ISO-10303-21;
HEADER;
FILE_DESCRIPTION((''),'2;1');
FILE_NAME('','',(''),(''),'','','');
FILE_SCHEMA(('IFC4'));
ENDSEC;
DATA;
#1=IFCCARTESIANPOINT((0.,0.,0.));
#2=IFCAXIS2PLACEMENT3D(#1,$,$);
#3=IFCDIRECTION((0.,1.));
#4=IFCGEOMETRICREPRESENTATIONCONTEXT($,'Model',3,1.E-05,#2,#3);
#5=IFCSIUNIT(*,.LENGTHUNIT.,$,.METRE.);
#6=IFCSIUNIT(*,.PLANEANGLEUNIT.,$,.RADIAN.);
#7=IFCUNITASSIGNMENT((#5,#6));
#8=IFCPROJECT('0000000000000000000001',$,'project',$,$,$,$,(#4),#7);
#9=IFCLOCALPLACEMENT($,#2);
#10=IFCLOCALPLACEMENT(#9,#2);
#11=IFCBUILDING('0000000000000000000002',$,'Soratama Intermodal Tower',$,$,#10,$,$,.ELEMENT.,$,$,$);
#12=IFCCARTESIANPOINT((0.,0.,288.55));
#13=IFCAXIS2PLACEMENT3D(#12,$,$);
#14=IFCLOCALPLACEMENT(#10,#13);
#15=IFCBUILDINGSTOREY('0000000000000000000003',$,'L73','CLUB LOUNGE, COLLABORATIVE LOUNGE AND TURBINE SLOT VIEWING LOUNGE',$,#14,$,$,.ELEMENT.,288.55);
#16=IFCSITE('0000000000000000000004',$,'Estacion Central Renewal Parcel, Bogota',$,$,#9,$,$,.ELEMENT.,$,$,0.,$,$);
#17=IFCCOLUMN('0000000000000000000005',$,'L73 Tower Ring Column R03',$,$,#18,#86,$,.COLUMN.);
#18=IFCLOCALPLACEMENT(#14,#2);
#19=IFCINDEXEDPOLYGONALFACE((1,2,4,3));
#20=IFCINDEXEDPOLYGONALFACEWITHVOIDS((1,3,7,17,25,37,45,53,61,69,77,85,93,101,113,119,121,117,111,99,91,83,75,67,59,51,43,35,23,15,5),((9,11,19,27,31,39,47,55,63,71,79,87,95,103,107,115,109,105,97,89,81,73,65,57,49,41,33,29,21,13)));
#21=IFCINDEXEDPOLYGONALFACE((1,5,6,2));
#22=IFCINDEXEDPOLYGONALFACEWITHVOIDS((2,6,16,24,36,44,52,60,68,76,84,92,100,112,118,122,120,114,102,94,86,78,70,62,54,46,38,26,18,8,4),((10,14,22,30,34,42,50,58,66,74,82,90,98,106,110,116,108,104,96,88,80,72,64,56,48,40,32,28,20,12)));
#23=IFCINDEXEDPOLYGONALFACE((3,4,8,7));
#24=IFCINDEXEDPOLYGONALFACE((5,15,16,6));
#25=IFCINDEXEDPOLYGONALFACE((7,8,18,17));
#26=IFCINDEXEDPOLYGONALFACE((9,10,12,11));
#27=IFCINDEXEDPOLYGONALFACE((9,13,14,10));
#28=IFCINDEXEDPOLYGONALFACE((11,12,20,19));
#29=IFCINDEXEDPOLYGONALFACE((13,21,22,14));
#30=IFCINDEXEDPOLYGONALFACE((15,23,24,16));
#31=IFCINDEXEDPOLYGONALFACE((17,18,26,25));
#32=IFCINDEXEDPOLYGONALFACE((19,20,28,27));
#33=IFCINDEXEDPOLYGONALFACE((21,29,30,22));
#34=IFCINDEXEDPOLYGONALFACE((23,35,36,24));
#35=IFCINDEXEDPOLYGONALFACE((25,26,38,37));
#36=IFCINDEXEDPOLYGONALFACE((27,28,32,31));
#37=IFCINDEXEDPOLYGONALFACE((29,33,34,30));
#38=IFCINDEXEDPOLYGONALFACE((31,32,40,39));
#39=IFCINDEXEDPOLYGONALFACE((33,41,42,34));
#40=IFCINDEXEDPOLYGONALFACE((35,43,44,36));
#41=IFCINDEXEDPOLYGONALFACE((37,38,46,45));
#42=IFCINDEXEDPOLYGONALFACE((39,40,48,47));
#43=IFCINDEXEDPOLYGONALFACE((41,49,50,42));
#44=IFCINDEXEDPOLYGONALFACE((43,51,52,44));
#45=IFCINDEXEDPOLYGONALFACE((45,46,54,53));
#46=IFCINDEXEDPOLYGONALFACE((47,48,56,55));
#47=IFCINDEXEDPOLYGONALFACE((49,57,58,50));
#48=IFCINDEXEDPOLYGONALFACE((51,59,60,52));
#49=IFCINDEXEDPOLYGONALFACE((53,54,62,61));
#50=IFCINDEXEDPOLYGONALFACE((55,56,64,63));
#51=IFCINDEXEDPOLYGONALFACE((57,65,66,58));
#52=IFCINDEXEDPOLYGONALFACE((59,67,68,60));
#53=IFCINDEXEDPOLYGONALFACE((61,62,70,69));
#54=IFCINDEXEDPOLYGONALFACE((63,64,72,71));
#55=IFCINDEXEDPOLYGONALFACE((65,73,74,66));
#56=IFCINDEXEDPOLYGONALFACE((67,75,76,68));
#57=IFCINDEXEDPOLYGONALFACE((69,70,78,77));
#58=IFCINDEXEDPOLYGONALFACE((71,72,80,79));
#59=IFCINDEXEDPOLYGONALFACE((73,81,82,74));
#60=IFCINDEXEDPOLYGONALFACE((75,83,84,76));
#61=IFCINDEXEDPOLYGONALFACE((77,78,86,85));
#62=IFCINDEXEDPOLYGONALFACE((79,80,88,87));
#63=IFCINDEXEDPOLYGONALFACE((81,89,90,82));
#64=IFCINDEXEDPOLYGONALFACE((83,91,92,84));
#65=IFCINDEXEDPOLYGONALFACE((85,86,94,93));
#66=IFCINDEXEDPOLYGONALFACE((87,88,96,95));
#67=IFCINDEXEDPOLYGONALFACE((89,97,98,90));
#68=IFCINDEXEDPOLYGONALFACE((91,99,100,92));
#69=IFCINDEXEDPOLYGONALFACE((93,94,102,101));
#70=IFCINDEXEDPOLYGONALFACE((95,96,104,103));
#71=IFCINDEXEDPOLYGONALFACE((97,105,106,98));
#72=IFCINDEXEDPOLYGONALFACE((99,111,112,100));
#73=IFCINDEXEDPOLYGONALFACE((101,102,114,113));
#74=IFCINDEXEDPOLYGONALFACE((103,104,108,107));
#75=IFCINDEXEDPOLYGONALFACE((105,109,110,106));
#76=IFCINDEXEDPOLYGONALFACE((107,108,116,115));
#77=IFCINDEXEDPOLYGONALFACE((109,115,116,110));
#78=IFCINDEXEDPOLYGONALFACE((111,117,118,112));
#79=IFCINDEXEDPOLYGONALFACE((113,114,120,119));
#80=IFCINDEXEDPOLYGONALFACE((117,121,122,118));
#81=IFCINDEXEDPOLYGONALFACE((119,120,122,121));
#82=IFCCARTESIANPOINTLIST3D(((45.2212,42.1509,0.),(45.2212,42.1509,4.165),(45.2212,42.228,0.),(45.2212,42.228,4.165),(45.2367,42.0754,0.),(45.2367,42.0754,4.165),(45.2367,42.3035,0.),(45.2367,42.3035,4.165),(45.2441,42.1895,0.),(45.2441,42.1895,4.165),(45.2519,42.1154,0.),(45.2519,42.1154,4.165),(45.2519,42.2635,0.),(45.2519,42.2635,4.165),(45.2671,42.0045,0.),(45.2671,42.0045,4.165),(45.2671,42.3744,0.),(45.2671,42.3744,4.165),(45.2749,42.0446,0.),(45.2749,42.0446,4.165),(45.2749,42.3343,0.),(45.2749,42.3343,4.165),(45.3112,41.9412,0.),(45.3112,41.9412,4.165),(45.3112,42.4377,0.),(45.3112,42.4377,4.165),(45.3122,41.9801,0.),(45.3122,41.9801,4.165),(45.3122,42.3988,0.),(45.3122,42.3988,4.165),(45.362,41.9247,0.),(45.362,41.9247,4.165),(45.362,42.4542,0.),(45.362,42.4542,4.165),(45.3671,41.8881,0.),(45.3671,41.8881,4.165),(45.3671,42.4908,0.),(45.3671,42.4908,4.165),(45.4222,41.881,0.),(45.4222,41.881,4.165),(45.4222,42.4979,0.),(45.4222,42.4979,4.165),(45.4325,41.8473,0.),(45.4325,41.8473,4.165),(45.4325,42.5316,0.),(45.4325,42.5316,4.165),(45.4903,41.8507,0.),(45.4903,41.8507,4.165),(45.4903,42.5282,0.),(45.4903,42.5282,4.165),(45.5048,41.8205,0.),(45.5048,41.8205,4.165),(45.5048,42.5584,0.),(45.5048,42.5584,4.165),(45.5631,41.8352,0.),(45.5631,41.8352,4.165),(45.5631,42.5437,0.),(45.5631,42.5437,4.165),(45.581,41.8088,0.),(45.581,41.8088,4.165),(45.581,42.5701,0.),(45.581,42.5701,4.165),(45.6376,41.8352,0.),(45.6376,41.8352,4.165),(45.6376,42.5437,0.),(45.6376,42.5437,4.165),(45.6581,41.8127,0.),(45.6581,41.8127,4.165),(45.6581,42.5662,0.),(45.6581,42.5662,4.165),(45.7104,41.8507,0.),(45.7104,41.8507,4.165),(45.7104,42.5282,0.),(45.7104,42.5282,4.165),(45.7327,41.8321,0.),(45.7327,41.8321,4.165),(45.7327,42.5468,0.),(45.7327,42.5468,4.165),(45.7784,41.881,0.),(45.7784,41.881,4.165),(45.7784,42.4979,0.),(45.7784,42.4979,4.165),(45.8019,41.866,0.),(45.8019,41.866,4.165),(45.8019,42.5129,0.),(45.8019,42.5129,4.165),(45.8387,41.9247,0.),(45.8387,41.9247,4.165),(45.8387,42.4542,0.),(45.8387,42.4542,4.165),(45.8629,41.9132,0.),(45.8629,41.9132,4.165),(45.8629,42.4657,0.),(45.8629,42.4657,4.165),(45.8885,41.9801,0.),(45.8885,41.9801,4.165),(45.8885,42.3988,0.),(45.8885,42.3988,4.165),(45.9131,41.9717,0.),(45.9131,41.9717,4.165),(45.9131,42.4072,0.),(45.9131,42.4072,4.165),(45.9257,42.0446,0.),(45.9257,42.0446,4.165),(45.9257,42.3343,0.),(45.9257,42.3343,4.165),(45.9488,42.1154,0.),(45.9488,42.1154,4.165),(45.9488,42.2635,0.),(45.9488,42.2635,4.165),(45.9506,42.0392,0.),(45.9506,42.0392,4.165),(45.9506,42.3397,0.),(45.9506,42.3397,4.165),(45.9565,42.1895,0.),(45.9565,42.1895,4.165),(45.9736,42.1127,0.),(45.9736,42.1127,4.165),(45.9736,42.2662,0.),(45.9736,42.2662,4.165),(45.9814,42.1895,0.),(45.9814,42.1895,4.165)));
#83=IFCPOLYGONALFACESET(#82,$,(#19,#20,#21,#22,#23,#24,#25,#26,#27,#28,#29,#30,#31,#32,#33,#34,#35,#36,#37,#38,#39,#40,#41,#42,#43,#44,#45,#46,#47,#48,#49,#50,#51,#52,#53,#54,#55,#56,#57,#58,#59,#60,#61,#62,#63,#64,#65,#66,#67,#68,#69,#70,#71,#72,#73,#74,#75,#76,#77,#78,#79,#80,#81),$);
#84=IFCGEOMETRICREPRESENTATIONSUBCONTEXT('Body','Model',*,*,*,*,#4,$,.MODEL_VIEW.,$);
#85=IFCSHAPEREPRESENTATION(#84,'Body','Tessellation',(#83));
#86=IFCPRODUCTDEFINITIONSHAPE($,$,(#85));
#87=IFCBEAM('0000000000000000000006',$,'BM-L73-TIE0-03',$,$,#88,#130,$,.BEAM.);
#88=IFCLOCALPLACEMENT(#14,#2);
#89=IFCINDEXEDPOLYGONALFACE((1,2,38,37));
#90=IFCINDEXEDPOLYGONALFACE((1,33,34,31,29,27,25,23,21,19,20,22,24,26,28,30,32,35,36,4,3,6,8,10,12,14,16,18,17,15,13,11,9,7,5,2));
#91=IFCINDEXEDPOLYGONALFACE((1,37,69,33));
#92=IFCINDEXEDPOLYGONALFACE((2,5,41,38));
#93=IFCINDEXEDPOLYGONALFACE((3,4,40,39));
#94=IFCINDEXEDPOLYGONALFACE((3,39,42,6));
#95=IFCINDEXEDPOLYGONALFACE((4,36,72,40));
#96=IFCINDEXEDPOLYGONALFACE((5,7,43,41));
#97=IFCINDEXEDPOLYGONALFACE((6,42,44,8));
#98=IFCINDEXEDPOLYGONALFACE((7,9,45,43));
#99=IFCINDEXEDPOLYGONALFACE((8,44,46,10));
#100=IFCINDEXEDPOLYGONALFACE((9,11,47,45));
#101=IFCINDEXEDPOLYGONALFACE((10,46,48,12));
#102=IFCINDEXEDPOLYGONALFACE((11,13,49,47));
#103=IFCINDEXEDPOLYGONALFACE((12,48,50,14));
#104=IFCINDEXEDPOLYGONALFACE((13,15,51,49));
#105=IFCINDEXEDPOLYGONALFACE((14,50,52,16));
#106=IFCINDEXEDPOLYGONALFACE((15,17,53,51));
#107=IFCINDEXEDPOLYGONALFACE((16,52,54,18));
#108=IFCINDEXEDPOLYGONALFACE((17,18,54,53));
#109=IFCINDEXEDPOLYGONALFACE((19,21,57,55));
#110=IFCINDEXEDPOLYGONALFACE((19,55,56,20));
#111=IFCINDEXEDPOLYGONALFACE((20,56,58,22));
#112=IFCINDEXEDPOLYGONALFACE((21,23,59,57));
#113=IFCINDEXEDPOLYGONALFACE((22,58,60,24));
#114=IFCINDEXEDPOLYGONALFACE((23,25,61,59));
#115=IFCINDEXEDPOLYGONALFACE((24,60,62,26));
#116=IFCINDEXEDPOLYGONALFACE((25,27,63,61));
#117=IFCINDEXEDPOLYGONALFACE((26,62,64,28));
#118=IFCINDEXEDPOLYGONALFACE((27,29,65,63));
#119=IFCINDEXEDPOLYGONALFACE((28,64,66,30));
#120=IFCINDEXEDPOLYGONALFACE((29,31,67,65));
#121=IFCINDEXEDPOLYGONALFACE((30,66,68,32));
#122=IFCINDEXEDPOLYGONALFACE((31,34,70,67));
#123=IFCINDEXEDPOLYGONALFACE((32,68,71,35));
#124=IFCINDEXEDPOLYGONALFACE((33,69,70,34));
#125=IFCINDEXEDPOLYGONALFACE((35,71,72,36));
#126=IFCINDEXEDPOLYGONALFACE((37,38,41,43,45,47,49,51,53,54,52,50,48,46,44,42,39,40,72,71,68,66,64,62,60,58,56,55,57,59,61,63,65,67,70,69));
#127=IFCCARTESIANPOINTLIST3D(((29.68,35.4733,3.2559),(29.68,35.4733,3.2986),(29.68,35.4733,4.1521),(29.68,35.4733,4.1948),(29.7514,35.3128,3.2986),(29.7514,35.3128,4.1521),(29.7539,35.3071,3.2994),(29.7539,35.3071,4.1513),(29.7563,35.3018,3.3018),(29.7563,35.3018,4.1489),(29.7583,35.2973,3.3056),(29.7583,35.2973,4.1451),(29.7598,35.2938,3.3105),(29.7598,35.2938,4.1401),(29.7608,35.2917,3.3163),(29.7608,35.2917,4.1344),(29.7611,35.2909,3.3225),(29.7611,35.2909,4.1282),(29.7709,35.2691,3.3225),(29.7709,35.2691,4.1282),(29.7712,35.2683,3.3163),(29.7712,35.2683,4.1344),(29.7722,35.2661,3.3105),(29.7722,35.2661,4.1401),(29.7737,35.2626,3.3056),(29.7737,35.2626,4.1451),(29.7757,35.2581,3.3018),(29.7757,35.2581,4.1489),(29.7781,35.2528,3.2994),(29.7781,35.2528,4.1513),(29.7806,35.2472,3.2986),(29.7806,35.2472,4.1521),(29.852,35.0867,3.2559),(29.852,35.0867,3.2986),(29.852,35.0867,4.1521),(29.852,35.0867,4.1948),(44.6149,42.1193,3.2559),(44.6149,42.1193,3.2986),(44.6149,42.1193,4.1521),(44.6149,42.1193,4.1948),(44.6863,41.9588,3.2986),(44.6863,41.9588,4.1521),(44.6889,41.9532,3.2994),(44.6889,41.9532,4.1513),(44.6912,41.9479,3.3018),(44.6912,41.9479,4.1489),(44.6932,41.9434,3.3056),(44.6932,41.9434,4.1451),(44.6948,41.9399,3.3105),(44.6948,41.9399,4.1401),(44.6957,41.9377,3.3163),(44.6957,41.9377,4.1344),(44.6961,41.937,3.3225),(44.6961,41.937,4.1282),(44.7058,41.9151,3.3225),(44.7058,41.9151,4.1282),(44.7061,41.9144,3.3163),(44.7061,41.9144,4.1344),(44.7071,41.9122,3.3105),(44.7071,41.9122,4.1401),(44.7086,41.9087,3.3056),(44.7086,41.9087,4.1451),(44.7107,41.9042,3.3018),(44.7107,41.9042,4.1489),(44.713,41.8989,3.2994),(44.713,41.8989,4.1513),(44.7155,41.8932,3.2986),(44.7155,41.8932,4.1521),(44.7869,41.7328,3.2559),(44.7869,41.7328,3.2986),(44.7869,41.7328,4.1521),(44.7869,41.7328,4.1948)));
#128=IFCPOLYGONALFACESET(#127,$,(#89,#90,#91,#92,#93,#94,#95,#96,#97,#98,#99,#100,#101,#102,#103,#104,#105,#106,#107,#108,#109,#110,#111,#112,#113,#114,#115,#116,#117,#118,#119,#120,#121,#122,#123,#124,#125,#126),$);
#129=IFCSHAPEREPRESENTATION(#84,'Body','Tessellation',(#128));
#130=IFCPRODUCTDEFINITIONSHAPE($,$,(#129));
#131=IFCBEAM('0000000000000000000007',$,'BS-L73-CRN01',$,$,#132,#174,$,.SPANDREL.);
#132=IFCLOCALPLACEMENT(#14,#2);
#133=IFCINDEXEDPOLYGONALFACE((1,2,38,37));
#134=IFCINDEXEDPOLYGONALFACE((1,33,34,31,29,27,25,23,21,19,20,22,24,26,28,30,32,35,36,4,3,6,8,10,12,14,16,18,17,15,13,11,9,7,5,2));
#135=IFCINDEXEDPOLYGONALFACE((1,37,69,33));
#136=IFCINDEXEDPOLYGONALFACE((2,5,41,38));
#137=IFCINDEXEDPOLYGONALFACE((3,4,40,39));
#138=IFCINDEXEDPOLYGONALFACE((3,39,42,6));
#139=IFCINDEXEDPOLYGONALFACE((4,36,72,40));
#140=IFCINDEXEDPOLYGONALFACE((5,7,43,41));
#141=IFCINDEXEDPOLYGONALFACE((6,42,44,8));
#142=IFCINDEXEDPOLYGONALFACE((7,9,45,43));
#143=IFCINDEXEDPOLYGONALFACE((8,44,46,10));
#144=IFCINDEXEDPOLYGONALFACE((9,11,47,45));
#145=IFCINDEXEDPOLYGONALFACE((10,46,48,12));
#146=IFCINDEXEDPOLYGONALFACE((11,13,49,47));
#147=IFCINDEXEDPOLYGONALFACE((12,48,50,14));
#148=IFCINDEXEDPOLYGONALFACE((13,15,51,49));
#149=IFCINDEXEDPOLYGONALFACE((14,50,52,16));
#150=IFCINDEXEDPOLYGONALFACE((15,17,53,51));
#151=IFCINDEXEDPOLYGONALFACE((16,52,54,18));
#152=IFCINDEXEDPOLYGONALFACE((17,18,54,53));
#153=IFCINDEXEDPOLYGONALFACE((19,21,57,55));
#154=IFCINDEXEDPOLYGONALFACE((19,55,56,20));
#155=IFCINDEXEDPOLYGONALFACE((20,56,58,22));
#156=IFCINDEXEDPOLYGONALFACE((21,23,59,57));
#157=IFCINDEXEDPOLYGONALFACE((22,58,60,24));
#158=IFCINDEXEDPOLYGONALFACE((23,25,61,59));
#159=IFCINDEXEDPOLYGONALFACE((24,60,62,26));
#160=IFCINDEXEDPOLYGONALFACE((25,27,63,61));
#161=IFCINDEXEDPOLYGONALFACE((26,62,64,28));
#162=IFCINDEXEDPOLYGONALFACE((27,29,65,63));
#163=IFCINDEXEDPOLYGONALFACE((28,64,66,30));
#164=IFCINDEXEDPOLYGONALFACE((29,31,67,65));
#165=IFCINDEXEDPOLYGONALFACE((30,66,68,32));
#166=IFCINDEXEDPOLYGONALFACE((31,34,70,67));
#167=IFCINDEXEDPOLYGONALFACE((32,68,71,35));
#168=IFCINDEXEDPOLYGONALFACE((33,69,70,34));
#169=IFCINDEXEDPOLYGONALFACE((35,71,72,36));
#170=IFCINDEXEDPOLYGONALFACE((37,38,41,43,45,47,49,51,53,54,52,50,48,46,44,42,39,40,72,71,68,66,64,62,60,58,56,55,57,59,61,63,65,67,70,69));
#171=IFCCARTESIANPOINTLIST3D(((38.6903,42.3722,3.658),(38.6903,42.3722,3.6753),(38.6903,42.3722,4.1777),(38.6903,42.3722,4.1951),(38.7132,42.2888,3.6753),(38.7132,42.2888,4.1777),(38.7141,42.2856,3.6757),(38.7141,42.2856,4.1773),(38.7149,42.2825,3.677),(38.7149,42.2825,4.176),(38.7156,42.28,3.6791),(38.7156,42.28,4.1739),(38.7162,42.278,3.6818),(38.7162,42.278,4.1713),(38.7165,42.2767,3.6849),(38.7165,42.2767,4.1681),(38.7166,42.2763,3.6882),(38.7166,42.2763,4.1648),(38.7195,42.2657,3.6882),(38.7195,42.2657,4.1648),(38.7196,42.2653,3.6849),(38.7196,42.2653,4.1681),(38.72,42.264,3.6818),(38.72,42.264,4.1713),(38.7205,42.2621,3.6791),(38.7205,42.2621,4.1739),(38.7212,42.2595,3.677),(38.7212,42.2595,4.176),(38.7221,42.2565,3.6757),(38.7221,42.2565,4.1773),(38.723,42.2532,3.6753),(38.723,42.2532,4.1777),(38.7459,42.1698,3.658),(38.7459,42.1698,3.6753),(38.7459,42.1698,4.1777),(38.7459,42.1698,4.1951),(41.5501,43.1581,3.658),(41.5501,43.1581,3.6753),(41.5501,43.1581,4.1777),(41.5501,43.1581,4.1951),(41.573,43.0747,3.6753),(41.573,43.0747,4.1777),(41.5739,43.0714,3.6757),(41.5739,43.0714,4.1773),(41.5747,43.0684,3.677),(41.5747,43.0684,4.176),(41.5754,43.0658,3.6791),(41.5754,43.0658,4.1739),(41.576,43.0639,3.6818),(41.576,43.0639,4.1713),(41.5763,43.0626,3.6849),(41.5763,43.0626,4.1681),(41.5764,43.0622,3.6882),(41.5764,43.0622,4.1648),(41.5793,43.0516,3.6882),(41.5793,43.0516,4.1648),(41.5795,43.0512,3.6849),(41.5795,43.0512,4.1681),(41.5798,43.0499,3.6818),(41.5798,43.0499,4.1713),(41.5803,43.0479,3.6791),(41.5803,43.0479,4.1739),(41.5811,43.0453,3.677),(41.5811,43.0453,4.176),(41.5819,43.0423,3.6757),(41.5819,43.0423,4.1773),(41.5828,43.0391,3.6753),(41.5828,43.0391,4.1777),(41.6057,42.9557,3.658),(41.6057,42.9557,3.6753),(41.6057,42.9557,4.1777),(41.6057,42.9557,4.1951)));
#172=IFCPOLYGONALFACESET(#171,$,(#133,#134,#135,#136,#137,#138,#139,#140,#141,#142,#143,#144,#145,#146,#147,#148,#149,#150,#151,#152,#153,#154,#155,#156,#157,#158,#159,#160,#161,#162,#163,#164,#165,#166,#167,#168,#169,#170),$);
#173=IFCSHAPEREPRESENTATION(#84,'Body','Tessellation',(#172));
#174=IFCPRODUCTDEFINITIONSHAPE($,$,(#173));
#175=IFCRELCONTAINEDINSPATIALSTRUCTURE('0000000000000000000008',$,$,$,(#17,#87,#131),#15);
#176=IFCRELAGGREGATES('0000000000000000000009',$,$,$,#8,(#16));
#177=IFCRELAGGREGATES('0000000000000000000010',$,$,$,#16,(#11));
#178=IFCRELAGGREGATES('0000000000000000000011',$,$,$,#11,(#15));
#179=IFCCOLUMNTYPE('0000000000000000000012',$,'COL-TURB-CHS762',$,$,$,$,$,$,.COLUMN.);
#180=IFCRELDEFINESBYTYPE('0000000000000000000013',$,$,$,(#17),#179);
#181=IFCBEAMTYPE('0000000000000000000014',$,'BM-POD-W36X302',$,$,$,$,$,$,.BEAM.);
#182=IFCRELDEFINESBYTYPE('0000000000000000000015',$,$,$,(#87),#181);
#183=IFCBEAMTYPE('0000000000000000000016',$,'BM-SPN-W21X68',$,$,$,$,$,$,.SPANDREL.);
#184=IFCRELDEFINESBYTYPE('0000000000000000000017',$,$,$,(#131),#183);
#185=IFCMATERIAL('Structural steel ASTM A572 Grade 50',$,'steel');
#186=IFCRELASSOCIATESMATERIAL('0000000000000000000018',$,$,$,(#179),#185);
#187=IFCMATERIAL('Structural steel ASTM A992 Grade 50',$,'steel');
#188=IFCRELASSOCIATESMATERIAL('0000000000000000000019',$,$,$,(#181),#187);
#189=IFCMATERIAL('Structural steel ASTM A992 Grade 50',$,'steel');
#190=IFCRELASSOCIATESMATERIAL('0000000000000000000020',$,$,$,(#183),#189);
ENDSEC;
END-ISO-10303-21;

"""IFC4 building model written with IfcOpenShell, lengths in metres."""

from ifc_helpers import new_model, si_unit, direction, frame, origin, origin_2d, place, context, subcontext, project, spatial, hollow_circle, i_section, extrude, material, material_profile, profile_set, type_object, element, save


model = new_model("IFC4")

# Units and contexts
model_context = context("Model", 3, precision=1e-05, world=origin(), true_north=direction((0.0, 1.0)))
body_context = subcontext(model_context, "Body", "Model", "MODEL_VIEW")
ifc_project = project(units=[si_unit("LENGTHUNIT", "METRE"), si_unit("PLANEANGLEUNIT", "RADIAN")], contexts=[model_context])

# Site, building, storey
site_placement = place(None, origin())
site = spatial("IfcSite", under=ifc_project, at=site_placement, Name="Estacion Central Renewal Parcel, Bogota", CompositionType="ELEMENT", RefElevation=0.0)
building_placement = place(site_placement, origin())
building = spatial("IfcBuilding", under=site, at=building_placement, Name="Soratama Intermodal Tower", CompositionType="ELEMENT")
storey_placement = place(building_placement, frame((0.0, 0.0, 288.55)))
storey = spatial("IfcBuildingStorey", under=building, at=storey_placement, Name="L73", Description="CLUB LOUNGE, COLLABORATIVE LOUNGE AND TURBINE SLOT VIEWING LOUNGE", CompositionType="ELEMENT", Elevation=288.55)

# Column
ifc_material_1 = material(Name="Structural steel ASTM A572 Grade 50", Category="steel")
ifc_material_profile_1 = material_profile(ifc_material_1, hollow_circle(Radius=0.3811, WallThickness=0.0249, at=origin_2d()), Name="CHS762X25")
ifc_profile_set_1 = profile_set([ifc_material_profile_1], Name="Structural steel ASTM A572 Grade 50")
column_type = type_object("IfcColumnType", Name="COL-TURB-CHS762", PredefinedType="COLUMN", material=ifc_profile_set_1)
column_placement = place(storey_placement, frame((45.6003, 42.1895, 0.0), z_axis=(0.0, 0.0, 1.0), x_axis=(1.0, 0.0, 0.0)))
element("IfcColumn", 1, at=column_placement, inside=storey, type_object=column_type, Name="L73 Tower Ring Column R03", PredefinedType="COLUMN", context=body_context, shape_type="SweptSolid", body=[
    extrude(hollow_circle(Radius=0.3811, WallThickness=0.0249, at=origin_2d()), origin(), (0.0, 0.0, 1.0), 4.165),
])

# Beams
ifc_material_2 = material(Name="Structural steel ASTM A992 Grade 50", Category="steel")
ifc_material_profile_2 = material_profile(ifc_material_2, i_section(OverallWidth=0.4231, OverallDepth=0.939, WebThickness=0.0239, FlangeThickness=0.0427, FilletRadius=0.0239, at=origin_2d()), Name="W36X302")
ifc_profile_set_2 = profile_set([ifc_material_profile_2], Name="Structural steel ASTM A992 Grade 50")
beam_type_1 = type_object("IfcBeamType", Name="BM-POD-W36X302", PredefinedType="BEAM", material=ifc_profile_set_2)
beam_1_placement = place(storey_placement, frame((44.7009, 41.926, 3.7253), z_axis=(-0.913623, -0.406562, 0.0), x_axis=(0.406562, -0.913623, 0.0)))
element("IfcBeam", 2, at=beam_1_placement, inside=storey, type_object=beam_type_1, Name="BM-L73-TIE0-03", PredefinedType="BEAM", context=body_context, shape_type="SweptSolid", body=[
    extrude(i_section(OverallWidth=0.4231, OverallDepth=0.939, WebThickness=0.0239, FlangeThickness=0.0427, FilletRadius=0.0239, at=origin_2d()), origin(), (0.0, 0.0, 1.0), 16.3469),
])
ifc_material_3 = material(Name="Structural steel ASTM A992 Grade 50", Category="steel")
ifc_material_profile_3 = material_profile(ifc_material_3, i_section(OverallWidth=0.21, OverallDepth=0.5371, WebThickness=0.011, FlangeThickness=0.0173, FilletRadius=0.0129, at=origin_2d()), Name="W21X68")
ifc_profile_set_3 = profile_set([ifc_material_profile_3], Name="Structural steel ASTM A992 Grade 50")
beam_type_2 = type_object("IfcBeamType", Name="BM-SPN-W21X68", PredefinedType="SPANDREL", material=ifc_profile_set_3)
beam_2_placement = place(storey_placement, frame((41.5779, 43.0569, 3.9265), z_axis=(-0.964255, -0.264977, 0.0), x_axis=(0.264977, -0.964255, 0.0)))
element("IfcBeam", 3, at=beam_2_placement, inside=storey, type_object=beam_type_2, Name="BS-L73-CRN01", PredefinedType="SPANDREL", context=body_context, shape_type="SweptSolid", body=[
    extrude(i_section(OverallWidth=0.21, OverallDepth=0.5371, WebThickness=0.011, FlangeThickness=0.0173, FilletRadius=0.0129, at=origin_2d()), origin(), (0.0, 0.0, 1.0), 2.9658),
])

save(model, "model.ifc")
